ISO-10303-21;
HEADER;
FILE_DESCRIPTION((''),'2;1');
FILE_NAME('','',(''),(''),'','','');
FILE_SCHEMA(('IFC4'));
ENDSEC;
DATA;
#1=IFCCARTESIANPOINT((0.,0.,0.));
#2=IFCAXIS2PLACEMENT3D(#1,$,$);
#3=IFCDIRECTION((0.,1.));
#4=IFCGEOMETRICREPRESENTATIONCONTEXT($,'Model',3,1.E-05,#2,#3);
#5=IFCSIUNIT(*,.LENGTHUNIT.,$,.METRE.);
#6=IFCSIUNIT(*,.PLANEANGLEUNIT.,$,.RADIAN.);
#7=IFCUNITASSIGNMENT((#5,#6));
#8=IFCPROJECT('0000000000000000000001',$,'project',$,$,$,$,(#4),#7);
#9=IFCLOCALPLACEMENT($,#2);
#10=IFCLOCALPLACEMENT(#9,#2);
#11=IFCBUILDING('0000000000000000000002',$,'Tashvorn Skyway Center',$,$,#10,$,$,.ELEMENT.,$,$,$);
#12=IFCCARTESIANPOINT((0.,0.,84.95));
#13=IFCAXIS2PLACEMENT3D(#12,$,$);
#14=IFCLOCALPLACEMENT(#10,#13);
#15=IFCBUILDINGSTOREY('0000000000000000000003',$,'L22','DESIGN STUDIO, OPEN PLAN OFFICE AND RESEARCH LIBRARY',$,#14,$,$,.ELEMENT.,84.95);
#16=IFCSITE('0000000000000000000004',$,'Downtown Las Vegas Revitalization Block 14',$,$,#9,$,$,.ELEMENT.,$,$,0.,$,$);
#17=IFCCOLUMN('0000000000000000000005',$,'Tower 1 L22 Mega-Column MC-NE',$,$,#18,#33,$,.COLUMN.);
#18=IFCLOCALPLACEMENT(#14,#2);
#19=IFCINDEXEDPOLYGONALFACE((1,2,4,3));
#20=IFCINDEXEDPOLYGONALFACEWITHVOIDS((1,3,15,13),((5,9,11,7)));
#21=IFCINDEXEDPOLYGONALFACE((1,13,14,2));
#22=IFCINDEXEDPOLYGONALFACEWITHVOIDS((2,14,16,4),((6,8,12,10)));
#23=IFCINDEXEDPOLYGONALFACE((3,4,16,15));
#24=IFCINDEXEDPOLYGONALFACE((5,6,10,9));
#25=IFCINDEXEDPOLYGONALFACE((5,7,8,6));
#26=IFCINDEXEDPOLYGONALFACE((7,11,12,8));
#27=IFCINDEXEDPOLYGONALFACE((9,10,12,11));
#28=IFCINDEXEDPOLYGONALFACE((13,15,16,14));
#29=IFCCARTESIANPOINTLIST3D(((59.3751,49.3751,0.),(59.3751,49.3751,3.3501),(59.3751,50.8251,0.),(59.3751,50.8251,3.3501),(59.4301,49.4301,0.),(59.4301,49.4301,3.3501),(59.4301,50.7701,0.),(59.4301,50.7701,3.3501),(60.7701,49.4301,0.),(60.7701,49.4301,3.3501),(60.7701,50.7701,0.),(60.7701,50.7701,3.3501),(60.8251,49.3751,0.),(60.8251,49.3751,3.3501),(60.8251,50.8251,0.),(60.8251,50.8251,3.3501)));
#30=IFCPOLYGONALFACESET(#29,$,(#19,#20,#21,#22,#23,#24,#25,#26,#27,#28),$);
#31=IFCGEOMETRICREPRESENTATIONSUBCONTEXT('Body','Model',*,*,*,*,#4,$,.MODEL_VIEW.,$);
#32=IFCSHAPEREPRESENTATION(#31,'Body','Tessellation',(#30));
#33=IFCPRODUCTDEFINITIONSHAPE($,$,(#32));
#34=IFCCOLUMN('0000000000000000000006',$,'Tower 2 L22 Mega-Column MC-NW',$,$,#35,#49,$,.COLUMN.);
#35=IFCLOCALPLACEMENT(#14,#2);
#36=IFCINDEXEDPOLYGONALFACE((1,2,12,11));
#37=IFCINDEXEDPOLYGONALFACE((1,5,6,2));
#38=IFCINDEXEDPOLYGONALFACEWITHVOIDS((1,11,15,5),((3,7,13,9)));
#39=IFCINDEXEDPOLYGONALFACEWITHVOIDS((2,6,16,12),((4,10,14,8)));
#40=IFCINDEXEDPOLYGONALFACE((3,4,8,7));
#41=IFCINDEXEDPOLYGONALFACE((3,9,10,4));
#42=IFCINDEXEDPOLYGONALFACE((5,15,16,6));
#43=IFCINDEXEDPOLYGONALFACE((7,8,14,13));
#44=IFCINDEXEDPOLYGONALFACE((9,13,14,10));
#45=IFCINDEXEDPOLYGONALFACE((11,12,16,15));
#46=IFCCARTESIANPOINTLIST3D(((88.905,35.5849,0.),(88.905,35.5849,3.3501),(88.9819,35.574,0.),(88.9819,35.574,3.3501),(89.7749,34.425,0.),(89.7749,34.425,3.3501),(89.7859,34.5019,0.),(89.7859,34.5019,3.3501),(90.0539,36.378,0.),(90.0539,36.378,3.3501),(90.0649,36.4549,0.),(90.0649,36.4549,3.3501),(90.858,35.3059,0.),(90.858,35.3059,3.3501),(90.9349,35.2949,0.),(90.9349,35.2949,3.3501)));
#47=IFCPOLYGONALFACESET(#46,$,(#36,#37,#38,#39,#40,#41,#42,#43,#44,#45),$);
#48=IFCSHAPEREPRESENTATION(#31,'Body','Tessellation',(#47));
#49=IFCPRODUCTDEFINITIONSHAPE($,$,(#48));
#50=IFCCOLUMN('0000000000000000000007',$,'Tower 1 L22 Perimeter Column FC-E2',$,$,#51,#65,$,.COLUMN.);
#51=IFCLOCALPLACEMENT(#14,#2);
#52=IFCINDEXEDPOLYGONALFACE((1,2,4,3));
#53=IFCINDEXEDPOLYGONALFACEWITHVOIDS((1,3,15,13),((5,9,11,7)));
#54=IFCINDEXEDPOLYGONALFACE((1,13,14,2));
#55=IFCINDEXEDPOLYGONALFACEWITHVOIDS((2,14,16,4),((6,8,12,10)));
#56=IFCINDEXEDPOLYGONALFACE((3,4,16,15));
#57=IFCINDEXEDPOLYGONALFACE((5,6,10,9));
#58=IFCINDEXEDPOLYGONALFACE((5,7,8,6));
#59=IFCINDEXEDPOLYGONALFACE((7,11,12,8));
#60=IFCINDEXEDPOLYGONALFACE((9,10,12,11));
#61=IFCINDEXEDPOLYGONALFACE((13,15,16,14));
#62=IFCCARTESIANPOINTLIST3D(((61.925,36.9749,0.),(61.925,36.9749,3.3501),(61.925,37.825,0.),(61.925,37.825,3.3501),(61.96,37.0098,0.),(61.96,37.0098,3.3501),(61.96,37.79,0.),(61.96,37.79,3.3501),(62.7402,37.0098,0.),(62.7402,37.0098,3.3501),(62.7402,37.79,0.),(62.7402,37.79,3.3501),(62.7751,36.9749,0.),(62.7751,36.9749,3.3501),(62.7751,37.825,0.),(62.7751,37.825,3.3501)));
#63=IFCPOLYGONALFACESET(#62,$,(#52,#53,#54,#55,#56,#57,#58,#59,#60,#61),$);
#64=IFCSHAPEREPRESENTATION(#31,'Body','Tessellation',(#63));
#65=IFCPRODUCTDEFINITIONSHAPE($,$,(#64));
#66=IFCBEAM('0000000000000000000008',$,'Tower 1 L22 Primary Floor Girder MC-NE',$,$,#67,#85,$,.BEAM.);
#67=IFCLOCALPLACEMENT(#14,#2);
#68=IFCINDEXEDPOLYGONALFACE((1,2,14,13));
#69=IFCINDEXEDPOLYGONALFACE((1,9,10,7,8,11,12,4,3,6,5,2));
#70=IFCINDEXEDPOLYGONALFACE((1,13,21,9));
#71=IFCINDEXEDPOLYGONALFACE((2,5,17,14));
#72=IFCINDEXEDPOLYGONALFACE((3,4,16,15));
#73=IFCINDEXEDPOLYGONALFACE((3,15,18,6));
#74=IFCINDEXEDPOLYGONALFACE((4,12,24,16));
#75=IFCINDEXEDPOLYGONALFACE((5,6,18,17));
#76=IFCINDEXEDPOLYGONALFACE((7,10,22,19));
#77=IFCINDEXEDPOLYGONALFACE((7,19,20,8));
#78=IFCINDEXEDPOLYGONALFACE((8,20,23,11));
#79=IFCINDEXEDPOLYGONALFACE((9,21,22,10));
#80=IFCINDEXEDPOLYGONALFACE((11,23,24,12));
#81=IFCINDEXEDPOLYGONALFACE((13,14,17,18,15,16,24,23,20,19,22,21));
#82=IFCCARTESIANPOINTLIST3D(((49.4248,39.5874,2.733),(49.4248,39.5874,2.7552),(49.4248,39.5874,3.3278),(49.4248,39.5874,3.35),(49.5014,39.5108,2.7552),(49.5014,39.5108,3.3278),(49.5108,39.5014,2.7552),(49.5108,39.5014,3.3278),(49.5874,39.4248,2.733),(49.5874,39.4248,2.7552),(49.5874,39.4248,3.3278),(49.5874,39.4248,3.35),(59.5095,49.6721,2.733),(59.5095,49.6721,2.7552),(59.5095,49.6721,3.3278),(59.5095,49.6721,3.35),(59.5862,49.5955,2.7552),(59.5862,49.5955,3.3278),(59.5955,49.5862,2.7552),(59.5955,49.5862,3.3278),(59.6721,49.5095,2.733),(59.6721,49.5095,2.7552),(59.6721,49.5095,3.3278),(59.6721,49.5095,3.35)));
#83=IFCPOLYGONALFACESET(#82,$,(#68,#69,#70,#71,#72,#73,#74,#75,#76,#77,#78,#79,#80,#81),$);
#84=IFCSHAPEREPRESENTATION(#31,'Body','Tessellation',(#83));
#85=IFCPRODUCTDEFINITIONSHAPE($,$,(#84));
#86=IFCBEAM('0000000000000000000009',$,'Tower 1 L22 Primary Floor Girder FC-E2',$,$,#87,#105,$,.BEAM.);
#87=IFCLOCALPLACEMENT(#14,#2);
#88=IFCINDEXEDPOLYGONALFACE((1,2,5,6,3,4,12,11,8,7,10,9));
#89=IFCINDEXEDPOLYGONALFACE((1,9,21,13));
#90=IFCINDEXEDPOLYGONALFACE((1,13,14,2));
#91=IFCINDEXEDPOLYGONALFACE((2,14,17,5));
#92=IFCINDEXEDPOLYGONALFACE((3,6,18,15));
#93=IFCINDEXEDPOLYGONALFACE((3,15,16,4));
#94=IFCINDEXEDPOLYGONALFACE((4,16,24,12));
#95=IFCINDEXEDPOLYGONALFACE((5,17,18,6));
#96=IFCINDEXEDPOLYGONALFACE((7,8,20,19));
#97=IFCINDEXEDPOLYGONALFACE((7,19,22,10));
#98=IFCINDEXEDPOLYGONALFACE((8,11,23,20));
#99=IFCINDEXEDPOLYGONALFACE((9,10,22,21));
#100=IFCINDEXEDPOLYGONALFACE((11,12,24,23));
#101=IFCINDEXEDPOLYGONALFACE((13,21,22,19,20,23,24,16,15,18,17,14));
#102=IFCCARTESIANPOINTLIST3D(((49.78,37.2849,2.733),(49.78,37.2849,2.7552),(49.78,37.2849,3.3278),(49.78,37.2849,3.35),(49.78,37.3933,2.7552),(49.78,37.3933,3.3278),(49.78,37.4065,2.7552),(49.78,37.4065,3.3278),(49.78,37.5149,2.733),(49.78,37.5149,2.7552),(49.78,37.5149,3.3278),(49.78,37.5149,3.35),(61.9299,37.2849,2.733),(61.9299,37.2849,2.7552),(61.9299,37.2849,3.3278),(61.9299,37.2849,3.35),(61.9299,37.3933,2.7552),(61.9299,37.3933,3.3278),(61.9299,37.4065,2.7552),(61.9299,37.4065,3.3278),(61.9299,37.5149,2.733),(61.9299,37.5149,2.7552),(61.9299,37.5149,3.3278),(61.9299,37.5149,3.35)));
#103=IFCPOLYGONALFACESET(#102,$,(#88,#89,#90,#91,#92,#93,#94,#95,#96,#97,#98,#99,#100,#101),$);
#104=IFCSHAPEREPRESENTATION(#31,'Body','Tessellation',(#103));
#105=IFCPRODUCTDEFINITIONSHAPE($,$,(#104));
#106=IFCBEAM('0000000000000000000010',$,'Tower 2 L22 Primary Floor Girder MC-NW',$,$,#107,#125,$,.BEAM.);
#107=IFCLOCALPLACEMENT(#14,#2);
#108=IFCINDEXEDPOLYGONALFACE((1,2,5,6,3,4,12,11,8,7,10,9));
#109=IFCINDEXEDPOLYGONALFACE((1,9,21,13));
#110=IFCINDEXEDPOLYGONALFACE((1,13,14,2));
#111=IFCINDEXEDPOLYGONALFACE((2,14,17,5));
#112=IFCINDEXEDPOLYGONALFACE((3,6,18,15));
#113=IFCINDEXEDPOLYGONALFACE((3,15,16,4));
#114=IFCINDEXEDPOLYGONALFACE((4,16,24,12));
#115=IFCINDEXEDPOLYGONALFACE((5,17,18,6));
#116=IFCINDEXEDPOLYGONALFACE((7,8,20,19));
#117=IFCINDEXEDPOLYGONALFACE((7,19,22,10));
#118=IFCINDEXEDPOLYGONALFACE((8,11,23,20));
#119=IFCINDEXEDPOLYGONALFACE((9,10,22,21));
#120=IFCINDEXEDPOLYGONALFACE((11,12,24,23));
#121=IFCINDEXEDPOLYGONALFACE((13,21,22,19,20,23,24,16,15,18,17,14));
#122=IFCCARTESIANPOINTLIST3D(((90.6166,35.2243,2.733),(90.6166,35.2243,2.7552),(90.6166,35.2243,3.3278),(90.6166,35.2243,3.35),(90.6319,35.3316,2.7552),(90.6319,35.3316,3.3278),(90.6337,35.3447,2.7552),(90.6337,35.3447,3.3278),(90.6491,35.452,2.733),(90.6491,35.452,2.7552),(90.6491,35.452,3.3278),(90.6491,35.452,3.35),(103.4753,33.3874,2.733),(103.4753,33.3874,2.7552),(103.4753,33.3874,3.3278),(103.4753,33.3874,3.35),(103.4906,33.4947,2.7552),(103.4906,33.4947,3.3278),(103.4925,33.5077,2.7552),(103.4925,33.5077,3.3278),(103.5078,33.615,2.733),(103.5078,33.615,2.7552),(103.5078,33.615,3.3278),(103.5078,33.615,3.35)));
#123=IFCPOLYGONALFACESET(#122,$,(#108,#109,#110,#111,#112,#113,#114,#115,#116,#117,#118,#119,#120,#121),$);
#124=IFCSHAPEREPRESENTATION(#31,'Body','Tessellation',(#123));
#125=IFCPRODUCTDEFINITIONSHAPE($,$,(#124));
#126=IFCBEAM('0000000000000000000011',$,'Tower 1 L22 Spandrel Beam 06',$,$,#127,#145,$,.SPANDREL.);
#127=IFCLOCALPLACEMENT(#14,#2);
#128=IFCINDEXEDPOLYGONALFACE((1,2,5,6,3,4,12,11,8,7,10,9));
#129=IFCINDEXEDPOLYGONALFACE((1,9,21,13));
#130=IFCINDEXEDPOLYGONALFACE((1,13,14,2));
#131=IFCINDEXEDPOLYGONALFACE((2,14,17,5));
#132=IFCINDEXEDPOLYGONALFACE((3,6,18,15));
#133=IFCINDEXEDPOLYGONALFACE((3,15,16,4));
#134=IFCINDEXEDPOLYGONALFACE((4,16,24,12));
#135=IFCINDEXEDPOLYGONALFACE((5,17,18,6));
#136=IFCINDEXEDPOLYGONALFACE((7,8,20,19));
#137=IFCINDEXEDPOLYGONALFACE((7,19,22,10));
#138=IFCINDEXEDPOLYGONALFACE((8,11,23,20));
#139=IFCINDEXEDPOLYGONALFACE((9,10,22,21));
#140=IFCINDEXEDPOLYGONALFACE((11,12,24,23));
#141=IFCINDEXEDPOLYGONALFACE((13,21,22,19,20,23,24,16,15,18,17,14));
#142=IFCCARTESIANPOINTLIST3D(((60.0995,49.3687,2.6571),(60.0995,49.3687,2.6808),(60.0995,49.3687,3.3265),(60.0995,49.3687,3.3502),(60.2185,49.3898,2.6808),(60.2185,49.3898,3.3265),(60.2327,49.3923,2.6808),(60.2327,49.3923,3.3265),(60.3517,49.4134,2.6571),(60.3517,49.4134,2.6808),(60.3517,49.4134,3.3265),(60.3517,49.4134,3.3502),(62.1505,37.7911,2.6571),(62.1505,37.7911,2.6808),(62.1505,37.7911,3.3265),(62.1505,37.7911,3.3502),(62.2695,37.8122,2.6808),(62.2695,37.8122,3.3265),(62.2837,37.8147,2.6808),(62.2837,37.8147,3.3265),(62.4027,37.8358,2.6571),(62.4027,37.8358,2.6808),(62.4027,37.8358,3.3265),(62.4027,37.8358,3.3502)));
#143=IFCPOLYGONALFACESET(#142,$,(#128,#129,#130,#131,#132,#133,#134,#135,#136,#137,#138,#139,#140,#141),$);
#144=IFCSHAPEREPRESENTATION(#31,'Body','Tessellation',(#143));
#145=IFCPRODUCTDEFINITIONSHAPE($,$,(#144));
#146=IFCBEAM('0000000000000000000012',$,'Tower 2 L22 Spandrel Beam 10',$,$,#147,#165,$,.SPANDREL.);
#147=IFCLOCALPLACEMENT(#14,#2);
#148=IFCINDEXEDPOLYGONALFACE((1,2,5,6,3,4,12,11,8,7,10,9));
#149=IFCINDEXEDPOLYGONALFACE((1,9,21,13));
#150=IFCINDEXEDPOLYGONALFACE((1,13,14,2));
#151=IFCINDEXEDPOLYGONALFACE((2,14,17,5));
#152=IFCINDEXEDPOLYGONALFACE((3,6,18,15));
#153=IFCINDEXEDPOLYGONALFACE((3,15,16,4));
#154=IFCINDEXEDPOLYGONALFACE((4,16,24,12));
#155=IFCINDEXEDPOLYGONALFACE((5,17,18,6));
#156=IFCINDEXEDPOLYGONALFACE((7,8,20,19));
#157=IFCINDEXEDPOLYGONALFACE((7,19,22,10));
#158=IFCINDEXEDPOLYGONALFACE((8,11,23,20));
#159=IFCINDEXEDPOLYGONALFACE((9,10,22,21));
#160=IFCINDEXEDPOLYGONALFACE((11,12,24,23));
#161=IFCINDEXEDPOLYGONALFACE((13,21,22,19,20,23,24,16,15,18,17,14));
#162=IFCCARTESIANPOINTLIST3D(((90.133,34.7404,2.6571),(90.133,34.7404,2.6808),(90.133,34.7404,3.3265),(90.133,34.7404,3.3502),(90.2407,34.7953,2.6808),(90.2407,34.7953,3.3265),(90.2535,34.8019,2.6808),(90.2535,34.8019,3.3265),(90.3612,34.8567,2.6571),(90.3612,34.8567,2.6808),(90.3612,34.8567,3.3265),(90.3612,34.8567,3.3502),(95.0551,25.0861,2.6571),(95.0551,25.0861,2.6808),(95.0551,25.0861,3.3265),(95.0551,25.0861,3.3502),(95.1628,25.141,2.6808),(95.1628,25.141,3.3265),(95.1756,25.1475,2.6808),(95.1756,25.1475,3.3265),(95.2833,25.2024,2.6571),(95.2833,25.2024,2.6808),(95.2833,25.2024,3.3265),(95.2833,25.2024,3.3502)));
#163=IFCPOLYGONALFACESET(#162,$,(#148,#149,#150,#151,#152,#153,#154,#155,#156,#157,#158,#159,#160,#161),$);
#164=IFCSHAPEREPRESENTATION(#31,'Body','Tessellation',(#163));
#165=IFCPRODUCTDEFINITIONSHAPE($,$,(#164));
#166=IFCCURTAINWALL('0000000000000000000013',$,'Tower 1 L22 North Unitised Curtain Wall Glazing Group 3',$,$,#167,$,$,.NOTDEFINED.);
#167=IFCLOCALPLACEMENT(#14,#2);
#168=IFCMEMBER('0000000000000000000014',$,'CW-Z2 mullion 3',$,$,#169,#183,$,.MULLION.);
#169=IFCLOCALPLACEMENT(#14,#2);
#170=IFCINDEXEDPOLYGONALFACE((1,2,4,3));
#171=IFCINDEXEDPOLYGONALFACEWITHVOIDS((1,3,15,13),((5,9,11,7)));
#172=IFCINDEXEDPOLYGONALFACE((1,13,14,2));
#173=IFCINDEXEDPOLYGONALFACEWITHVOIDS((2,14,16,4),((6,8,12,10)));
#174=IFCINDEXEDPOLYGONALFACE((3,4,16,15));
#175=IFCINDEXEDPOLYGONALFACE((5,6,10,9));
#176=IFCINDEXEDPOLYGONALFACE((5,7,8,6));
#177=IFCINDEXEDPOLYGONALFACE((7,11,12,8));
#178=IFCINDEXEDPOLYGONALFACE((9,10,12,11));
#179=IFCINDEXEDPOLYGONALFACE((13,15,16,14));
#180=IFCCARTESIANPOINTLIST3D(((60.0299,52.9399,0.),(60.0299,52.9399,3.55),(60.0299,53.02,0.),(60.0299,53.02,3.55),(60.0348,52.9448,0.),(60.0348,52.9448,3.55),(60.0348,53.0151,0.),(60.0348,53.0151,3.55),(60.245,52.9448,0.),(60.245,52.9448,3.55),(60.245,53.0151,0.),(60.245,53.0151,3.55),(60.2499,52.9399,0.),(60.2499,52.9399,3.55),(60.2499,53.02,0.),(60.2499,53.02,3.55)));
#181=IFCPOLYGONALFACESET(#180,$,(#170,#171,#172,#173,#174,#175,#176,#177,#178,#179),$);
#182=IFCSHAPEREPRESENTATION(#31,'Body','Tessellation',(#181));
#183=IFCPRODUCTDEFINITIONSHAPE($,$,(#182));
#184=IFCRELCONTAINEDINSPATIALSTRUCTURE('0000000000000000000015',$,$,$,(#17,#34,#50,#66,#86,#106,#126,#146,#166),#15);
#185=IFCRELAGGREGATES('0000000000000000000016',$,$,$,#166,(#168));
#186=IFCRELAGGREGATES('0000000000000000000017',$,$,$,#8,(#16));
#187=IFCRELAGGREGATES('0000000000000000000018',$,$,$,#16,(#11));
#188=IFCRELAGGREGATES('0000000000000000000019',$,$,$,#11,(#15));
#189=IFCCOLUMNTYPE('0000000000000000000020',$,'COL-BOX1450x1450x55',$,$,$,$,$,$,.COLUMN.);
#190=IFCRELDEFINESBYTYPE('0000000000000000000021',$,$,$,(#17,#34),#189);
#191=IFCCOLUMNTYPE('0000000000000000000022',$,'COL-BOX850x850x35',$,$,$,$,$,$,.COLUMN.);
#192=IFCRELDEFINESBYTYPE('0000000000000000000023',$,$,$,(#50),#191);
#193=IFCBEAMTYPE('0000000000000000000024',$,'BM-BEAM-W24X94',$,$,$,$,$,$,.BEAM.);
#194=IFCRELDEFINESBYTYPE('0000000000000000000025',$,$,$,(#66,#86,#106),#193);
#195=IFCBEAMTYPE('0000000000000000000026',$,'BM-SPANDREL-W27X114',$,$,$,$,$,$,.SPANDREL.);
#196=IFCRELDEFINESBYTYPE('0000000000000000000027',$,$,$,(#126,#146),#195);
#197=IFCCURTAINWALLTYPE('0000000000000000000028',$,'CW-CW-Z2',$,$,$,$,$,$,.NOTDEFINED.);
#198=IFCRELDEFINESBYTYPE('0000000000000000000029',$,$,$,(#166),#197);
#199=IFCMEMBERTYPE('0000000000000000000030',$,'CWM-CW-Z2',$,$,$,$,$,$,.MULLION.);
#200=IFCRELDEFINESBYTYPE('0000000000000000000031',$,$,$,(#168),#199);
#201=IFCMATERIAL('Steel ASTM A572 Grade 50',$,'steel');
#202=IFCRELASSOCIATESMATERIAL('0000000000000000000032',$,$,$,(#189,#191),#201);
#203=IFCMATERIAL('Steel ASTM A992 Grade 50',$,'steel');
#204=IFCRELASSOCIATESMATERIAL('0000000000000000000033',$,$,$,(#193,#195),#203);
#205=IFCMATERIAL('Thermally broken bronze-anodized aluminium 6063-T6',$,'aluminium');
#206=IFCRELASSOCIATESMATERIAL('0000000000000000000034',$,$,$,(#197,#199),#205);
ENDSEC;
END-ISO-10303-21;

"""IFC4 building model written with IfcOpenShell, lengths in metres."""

from ifc_helpers import new_model, si_unit, direction, frame, origin, origin_2d, place, context, subcontext, project, spatial, hollow_rectangle, i_section, extrude, material, material_profile, profile_set, type_object, element, aggregate, save


model = new_model("IFC4")

# Units and contexts
model_context = context("Model", 3, precision=1e-05, world=origin(), true_north=direction((0.0, 1.0)))
body_context = subcontext(model_context, "Body", "Model", "MODEL_VIEW")
ifc_project = project(units=[si_unit("LENGTHUNIT", "METRE"), si_unit("PLANEANGLEUNIT", "RADIAN")], contexts=[model_context])

# Site, building, storey
site_placement = place(None, origin())
site = spatial("IfcSite", under=ifc_project, at=site_placement, Name="Downtown Las Vegas Revitalization Block 14", CompositionType="ELEMENT", RefElevation=0.0)
building_placement = place(site_placement, origin())
building = spatial("IfcBuilding", under=site, at=building_placement, Name="Tashvorn Skyway Center", CompositionType="ELEMENT")
storey_placement = place(building_placement, frame((0.0, 0.0, 84.95)))
storey = spatial("IfcBuildingStorey", under=building, at=storey_placement, Name="L22", Description="DESIGN STUDIO, OPEN PLAN OFFICE AND RESEARCH LIBRARY", CompositionType="ELEMENT", Elevation=84.95)

# Columns
ifc_material_1 = material(Name="Steel ASTM A572 Grade 50", Category="steel")
ifc_material_profile_1 = material_profile(ifc_material_1, hollow_rectangle(XDim=1.45, YDim=1.45, WallThickness=0.0549, at=origin_2d()), Name="BOX1450x1450x55")
ifc_profile_set_1 = profile_set([ifc_material_profile_1], Name="Steel ASTM A572 Grade 50")
column_type_1 = type_object("IfcColumnType", Name="COL-BOX1450x1450x55", PredefinedType="COLUMN", material=ifc_profile_set_1)
for number, where, z_axis, x_axis, name in (
    (1, (60.1001, 50.1001, 0.0), (0.0, 0.0, 1.0), (1.0, 0.0, 0.0), "Tower 1 L22 Mega-Column MC-NE"),
    (2, (89.9199, 35.4399, 0.0), (0.0, 0.0, 1.0), (0.8, 0.6, 0.0), "Tower 2 L22 Mega-Column MC-NW"),
):
    element("IfcColumn", number, at=place(storey_placement, frame(where, z_axis=z_axis, x_axis=x_axis)), inside=storey, type_object=column_type_1, Name=name, PredefinedType="COLUMN", context=body_context, shape_type="SweptSolid", body=[
        extrude(hollow_rectangle(XDim=1.45, YDim=1.45, WallThickness=0.0549, at=origin_2d()), origin(), (0.0, 0.0, 1.0), 3.3501),
    ])
ifc_material_profile_2 = material_profile(ifc_material_1, hollow_rectangle(XDim=0.8501, YDim=0.8501, WallThickness=0.0349, at=origin_2d()), Name="BOX850x850x35")
ifc_profile_set_2 = profile_set([ifc_material_profile_2], Name="Steel ASTM A572 Grade 50")
column_type_2 = type_object("IfcColumnType", Name="COL-BOX850x850x35", PredefinedType="COLUMN", material=ifc_profile_set_2)
column_placement = place(storey_placement, frame((62.3501, 37.3999, 0.0), z_axis=(0.0, 0.0, 1.0), x_axis=(1.0, 0.0, 0.0)))
element("IfcColumn", 3, at=column_placement, inside=storey, type_object=column_type_2, Name="Tower 1 L22 Perimeter Column FC-E2", PredefinedType="COLUMN", context=body_context, shape_type="SweptSolid", body=[
    extrude(hollow_rectangle(XDim=0.8501, YDim=0.8501, WallThickness=0.0349, at=origin_2d()), origin(), (0.0, 0.0, 1.0), 3.3501),
])

# Beams
ifc_material_2 = material(Name="Steel ASTM A992 Grade 50", Category="steel")
ifc_material_profile_3 = material_profile(ifc_material_2, i_section(OverallWidth=0.23, OverallDepth=0.6169, WebThickness=0.0132, FlangeThickness=0.0222, at=origin_2d()), Name="W24X94")
ifc_profile_set_3 = profile_set([ifc_material_profile_3], Name="Steel ASTM A992 Grade 50")
beam_type_1 = type_object("IfcBeamType", Name="BM-BEAM-W24X94", PredefinedType="BEAM", material=ifc_profile_set_3)
beam_1_placement = place(storey_placement, frame((59.5908, 49.5908, 3.0415), z_axis=(-0.707107, -0.707107, 0.0), x_axis=(0.707107, -0.707107, 0.0)))
element("IfcBeam", 4, at=beam_1_placement, inside=storey, type_object=beam_type_1, Name="Tower 1 L22 Primary Floor Girder MC-NE", PredefinedType="BEAM", context=body_context, shape_type="SweptSolid", body=[
    extrude(i_section(OverallWidth=0.23, OverallDepth=0.6169, WebThickness=0.0132, FlangeThickness=0.0222, at=origin_2d()), origin(), (0.0, 0.0, 1.0), 14.262),
])
beam_2_placement = place(storey_placement, frame((61.9299, 37.3999, 3.0415), z_axis=(-1.0, 0.0, 0.0), x_axis=(0.0, -1.0, 0.0)))
element("IfcBeam", 5, at=beam_2_placement, inside=storey, type_object=beam_type_1, Name="Tower 1 L22 Primary Floor Girder FC-E2", PredefinedType="BEAM", context=body_context, shape_type="SweptSolid", body=[
    extrude(i_section(OverallWidth=0.23, OverallDepth=0.6169, WebThickness=0.0132, FlangeThickness=0.0222, at=origin_2d()), origin(), (0.0, 0.0, 1.0), 12.1499),
])
beam_3_placement = place(storey_placement, frame((90.6328, 35.3381, 3.0415), z_axis=(0.98995, -0.141419, 0.0), x_axis=(0.141419, 0.98995, 0.0)))
element("IfcBeam", 6, at=beam_3_placement, inside=storey, type_object=beam_type_1, Name="Tower 2 L22 Primary Floor Girder MC-NW", PredefinedType="BEAM", context=body_context, shape_type="SweptSolid", body=[
    extrude(i_section(OverallWidth=0.23, OverallDepth=0.6169, WebThickness=0.0132, FlangeThickness=0.0222, at=origin_2d()), origin(), (0.0, 0.0, 1.0), 12.9893),
])
ifc_material_profile_4 = material_profile(ifc_material_2, i_section(OverallWidth=0.2561, OverallDepth=0.6931, WebThickness=0.0144, FlangeThickness=0.0237, at=origin_2d()), Name="W27X114")
ifc_profile_set_4 = profile_set([ifc_material_profile_4], Name="Steel ASTM A992 Grade 50")
beam_type_2 = type_object("IfcBeamType", Name="BM-SPANDREL-W27X114", PredefinedType="SPANDREL", material=ifc_profile_set_4)
beam_4_placement = place(storey_placement, frame((62.2766, 37.8135, 3.0037), z_axis=(-0.174438, 0.984668, 0.0), x_axis=(-0.984668, -0.174438, 0.0)))
element("IfcBeam", 7, at=beam_4_placement, inside=storey, type_object=beam_type_2, Name="Tower 1 L22 Spandrel Beam 06", PredefinedType="SPANDREL", context=body_context, shape_type="SweptSolid", body=[
    extrude(i_section(OverallWidth=0.2561, OverallDepth=0.6931, WebThickness=0.0144, FlangeThickness=0.0237, at=origin_2d()), origin(), (0.0, 0.0, 1.0), 11.7578),
])
beam_5_placement = place(storey_placement, frame((90.2471, 34.7986, 3.0037), z_axis=(0.454211, -0.890894, 0.0), x_axis=(0.890894, 0.454211, 0.0)))
element("IfcBeam", 8, at=beam_5_placement, inside=storey, type_object=beam_type_2, Name="Tower 2 L22 Spandrel Beam 10", PredefinedType="SPANDREL", context=body_context, shape_type="SweptSolid", body=[
    extrude(i_section(OverallWidth=0.2561, OverallDepth=0.6931, WebThickness=0.0144, FlangeThickness=0.0237, at=origin_2d()), origin(), (0.0, 0.0, 1.0), 10.8367),
])

# Curtain wall, member
ifc_material_3 = material(Name="Thermally broken bronze-anodized aluminium 6063-T6", Category="aluminium")
curtain_wall_type = type_object("IfcCurtainWallType", Name="CW-CW-Z2", PredefinedType="NOTDEFINED", material=ifc_material_3)
curtain_wall_1_placement = place(storey_placement, origin())
curtain_wall_1 = element("IfcCurtainWall", 9, at=curtain_wall_1_placement, inside=storey, type_object=curtain_wall_type, Name="Tower 1 L22 North Unitised Curtain Wall Glazing Group 3", PredefinedType="NOTDEFINED")
ifc_material_profile_5 = material_profile(ifc_material_3, hollow_rectangle(XDim=0.0801, YDim=0.22, WallThickness=0.0049, at=origin_2d()), Name="ALU-MULL-80x220")
ifc_profile_set_5 = profile_set([ifc_material_profile_5], Name="Thermally broken bronze-anodized aluminium 6063-T6")
member_type_1 = type_object("IfcMemberType", Name="CWM-CW-Z2", PredefinedType="MULLION", material=ifc_profile_set_5)
member_1_placement = place(storey_placement, frame((60.1399, 52.98, 0.0), z_axis=(0.0, 0.0, 1.0), x_axis=(0.0, 1.0, 0.0)))
member_1 = element("IfcMember", 10, at=member_1_placement, type_object=member_type_1, Name="CW-Z2 mullion 3", PredefinedType="MULLION", context=body_context, shape_type="SweptSolid", body=[
    extrude(hollow_rectangle(XDim=0.0801, YDim=0.22, WallThickness=0.0049, at=origin_2d()), origin(), (0.0, 0.0, 1.0), 3.55),
])
aggregate(curtain_wall_1, [member_1])

save(model, "model.ifc")
